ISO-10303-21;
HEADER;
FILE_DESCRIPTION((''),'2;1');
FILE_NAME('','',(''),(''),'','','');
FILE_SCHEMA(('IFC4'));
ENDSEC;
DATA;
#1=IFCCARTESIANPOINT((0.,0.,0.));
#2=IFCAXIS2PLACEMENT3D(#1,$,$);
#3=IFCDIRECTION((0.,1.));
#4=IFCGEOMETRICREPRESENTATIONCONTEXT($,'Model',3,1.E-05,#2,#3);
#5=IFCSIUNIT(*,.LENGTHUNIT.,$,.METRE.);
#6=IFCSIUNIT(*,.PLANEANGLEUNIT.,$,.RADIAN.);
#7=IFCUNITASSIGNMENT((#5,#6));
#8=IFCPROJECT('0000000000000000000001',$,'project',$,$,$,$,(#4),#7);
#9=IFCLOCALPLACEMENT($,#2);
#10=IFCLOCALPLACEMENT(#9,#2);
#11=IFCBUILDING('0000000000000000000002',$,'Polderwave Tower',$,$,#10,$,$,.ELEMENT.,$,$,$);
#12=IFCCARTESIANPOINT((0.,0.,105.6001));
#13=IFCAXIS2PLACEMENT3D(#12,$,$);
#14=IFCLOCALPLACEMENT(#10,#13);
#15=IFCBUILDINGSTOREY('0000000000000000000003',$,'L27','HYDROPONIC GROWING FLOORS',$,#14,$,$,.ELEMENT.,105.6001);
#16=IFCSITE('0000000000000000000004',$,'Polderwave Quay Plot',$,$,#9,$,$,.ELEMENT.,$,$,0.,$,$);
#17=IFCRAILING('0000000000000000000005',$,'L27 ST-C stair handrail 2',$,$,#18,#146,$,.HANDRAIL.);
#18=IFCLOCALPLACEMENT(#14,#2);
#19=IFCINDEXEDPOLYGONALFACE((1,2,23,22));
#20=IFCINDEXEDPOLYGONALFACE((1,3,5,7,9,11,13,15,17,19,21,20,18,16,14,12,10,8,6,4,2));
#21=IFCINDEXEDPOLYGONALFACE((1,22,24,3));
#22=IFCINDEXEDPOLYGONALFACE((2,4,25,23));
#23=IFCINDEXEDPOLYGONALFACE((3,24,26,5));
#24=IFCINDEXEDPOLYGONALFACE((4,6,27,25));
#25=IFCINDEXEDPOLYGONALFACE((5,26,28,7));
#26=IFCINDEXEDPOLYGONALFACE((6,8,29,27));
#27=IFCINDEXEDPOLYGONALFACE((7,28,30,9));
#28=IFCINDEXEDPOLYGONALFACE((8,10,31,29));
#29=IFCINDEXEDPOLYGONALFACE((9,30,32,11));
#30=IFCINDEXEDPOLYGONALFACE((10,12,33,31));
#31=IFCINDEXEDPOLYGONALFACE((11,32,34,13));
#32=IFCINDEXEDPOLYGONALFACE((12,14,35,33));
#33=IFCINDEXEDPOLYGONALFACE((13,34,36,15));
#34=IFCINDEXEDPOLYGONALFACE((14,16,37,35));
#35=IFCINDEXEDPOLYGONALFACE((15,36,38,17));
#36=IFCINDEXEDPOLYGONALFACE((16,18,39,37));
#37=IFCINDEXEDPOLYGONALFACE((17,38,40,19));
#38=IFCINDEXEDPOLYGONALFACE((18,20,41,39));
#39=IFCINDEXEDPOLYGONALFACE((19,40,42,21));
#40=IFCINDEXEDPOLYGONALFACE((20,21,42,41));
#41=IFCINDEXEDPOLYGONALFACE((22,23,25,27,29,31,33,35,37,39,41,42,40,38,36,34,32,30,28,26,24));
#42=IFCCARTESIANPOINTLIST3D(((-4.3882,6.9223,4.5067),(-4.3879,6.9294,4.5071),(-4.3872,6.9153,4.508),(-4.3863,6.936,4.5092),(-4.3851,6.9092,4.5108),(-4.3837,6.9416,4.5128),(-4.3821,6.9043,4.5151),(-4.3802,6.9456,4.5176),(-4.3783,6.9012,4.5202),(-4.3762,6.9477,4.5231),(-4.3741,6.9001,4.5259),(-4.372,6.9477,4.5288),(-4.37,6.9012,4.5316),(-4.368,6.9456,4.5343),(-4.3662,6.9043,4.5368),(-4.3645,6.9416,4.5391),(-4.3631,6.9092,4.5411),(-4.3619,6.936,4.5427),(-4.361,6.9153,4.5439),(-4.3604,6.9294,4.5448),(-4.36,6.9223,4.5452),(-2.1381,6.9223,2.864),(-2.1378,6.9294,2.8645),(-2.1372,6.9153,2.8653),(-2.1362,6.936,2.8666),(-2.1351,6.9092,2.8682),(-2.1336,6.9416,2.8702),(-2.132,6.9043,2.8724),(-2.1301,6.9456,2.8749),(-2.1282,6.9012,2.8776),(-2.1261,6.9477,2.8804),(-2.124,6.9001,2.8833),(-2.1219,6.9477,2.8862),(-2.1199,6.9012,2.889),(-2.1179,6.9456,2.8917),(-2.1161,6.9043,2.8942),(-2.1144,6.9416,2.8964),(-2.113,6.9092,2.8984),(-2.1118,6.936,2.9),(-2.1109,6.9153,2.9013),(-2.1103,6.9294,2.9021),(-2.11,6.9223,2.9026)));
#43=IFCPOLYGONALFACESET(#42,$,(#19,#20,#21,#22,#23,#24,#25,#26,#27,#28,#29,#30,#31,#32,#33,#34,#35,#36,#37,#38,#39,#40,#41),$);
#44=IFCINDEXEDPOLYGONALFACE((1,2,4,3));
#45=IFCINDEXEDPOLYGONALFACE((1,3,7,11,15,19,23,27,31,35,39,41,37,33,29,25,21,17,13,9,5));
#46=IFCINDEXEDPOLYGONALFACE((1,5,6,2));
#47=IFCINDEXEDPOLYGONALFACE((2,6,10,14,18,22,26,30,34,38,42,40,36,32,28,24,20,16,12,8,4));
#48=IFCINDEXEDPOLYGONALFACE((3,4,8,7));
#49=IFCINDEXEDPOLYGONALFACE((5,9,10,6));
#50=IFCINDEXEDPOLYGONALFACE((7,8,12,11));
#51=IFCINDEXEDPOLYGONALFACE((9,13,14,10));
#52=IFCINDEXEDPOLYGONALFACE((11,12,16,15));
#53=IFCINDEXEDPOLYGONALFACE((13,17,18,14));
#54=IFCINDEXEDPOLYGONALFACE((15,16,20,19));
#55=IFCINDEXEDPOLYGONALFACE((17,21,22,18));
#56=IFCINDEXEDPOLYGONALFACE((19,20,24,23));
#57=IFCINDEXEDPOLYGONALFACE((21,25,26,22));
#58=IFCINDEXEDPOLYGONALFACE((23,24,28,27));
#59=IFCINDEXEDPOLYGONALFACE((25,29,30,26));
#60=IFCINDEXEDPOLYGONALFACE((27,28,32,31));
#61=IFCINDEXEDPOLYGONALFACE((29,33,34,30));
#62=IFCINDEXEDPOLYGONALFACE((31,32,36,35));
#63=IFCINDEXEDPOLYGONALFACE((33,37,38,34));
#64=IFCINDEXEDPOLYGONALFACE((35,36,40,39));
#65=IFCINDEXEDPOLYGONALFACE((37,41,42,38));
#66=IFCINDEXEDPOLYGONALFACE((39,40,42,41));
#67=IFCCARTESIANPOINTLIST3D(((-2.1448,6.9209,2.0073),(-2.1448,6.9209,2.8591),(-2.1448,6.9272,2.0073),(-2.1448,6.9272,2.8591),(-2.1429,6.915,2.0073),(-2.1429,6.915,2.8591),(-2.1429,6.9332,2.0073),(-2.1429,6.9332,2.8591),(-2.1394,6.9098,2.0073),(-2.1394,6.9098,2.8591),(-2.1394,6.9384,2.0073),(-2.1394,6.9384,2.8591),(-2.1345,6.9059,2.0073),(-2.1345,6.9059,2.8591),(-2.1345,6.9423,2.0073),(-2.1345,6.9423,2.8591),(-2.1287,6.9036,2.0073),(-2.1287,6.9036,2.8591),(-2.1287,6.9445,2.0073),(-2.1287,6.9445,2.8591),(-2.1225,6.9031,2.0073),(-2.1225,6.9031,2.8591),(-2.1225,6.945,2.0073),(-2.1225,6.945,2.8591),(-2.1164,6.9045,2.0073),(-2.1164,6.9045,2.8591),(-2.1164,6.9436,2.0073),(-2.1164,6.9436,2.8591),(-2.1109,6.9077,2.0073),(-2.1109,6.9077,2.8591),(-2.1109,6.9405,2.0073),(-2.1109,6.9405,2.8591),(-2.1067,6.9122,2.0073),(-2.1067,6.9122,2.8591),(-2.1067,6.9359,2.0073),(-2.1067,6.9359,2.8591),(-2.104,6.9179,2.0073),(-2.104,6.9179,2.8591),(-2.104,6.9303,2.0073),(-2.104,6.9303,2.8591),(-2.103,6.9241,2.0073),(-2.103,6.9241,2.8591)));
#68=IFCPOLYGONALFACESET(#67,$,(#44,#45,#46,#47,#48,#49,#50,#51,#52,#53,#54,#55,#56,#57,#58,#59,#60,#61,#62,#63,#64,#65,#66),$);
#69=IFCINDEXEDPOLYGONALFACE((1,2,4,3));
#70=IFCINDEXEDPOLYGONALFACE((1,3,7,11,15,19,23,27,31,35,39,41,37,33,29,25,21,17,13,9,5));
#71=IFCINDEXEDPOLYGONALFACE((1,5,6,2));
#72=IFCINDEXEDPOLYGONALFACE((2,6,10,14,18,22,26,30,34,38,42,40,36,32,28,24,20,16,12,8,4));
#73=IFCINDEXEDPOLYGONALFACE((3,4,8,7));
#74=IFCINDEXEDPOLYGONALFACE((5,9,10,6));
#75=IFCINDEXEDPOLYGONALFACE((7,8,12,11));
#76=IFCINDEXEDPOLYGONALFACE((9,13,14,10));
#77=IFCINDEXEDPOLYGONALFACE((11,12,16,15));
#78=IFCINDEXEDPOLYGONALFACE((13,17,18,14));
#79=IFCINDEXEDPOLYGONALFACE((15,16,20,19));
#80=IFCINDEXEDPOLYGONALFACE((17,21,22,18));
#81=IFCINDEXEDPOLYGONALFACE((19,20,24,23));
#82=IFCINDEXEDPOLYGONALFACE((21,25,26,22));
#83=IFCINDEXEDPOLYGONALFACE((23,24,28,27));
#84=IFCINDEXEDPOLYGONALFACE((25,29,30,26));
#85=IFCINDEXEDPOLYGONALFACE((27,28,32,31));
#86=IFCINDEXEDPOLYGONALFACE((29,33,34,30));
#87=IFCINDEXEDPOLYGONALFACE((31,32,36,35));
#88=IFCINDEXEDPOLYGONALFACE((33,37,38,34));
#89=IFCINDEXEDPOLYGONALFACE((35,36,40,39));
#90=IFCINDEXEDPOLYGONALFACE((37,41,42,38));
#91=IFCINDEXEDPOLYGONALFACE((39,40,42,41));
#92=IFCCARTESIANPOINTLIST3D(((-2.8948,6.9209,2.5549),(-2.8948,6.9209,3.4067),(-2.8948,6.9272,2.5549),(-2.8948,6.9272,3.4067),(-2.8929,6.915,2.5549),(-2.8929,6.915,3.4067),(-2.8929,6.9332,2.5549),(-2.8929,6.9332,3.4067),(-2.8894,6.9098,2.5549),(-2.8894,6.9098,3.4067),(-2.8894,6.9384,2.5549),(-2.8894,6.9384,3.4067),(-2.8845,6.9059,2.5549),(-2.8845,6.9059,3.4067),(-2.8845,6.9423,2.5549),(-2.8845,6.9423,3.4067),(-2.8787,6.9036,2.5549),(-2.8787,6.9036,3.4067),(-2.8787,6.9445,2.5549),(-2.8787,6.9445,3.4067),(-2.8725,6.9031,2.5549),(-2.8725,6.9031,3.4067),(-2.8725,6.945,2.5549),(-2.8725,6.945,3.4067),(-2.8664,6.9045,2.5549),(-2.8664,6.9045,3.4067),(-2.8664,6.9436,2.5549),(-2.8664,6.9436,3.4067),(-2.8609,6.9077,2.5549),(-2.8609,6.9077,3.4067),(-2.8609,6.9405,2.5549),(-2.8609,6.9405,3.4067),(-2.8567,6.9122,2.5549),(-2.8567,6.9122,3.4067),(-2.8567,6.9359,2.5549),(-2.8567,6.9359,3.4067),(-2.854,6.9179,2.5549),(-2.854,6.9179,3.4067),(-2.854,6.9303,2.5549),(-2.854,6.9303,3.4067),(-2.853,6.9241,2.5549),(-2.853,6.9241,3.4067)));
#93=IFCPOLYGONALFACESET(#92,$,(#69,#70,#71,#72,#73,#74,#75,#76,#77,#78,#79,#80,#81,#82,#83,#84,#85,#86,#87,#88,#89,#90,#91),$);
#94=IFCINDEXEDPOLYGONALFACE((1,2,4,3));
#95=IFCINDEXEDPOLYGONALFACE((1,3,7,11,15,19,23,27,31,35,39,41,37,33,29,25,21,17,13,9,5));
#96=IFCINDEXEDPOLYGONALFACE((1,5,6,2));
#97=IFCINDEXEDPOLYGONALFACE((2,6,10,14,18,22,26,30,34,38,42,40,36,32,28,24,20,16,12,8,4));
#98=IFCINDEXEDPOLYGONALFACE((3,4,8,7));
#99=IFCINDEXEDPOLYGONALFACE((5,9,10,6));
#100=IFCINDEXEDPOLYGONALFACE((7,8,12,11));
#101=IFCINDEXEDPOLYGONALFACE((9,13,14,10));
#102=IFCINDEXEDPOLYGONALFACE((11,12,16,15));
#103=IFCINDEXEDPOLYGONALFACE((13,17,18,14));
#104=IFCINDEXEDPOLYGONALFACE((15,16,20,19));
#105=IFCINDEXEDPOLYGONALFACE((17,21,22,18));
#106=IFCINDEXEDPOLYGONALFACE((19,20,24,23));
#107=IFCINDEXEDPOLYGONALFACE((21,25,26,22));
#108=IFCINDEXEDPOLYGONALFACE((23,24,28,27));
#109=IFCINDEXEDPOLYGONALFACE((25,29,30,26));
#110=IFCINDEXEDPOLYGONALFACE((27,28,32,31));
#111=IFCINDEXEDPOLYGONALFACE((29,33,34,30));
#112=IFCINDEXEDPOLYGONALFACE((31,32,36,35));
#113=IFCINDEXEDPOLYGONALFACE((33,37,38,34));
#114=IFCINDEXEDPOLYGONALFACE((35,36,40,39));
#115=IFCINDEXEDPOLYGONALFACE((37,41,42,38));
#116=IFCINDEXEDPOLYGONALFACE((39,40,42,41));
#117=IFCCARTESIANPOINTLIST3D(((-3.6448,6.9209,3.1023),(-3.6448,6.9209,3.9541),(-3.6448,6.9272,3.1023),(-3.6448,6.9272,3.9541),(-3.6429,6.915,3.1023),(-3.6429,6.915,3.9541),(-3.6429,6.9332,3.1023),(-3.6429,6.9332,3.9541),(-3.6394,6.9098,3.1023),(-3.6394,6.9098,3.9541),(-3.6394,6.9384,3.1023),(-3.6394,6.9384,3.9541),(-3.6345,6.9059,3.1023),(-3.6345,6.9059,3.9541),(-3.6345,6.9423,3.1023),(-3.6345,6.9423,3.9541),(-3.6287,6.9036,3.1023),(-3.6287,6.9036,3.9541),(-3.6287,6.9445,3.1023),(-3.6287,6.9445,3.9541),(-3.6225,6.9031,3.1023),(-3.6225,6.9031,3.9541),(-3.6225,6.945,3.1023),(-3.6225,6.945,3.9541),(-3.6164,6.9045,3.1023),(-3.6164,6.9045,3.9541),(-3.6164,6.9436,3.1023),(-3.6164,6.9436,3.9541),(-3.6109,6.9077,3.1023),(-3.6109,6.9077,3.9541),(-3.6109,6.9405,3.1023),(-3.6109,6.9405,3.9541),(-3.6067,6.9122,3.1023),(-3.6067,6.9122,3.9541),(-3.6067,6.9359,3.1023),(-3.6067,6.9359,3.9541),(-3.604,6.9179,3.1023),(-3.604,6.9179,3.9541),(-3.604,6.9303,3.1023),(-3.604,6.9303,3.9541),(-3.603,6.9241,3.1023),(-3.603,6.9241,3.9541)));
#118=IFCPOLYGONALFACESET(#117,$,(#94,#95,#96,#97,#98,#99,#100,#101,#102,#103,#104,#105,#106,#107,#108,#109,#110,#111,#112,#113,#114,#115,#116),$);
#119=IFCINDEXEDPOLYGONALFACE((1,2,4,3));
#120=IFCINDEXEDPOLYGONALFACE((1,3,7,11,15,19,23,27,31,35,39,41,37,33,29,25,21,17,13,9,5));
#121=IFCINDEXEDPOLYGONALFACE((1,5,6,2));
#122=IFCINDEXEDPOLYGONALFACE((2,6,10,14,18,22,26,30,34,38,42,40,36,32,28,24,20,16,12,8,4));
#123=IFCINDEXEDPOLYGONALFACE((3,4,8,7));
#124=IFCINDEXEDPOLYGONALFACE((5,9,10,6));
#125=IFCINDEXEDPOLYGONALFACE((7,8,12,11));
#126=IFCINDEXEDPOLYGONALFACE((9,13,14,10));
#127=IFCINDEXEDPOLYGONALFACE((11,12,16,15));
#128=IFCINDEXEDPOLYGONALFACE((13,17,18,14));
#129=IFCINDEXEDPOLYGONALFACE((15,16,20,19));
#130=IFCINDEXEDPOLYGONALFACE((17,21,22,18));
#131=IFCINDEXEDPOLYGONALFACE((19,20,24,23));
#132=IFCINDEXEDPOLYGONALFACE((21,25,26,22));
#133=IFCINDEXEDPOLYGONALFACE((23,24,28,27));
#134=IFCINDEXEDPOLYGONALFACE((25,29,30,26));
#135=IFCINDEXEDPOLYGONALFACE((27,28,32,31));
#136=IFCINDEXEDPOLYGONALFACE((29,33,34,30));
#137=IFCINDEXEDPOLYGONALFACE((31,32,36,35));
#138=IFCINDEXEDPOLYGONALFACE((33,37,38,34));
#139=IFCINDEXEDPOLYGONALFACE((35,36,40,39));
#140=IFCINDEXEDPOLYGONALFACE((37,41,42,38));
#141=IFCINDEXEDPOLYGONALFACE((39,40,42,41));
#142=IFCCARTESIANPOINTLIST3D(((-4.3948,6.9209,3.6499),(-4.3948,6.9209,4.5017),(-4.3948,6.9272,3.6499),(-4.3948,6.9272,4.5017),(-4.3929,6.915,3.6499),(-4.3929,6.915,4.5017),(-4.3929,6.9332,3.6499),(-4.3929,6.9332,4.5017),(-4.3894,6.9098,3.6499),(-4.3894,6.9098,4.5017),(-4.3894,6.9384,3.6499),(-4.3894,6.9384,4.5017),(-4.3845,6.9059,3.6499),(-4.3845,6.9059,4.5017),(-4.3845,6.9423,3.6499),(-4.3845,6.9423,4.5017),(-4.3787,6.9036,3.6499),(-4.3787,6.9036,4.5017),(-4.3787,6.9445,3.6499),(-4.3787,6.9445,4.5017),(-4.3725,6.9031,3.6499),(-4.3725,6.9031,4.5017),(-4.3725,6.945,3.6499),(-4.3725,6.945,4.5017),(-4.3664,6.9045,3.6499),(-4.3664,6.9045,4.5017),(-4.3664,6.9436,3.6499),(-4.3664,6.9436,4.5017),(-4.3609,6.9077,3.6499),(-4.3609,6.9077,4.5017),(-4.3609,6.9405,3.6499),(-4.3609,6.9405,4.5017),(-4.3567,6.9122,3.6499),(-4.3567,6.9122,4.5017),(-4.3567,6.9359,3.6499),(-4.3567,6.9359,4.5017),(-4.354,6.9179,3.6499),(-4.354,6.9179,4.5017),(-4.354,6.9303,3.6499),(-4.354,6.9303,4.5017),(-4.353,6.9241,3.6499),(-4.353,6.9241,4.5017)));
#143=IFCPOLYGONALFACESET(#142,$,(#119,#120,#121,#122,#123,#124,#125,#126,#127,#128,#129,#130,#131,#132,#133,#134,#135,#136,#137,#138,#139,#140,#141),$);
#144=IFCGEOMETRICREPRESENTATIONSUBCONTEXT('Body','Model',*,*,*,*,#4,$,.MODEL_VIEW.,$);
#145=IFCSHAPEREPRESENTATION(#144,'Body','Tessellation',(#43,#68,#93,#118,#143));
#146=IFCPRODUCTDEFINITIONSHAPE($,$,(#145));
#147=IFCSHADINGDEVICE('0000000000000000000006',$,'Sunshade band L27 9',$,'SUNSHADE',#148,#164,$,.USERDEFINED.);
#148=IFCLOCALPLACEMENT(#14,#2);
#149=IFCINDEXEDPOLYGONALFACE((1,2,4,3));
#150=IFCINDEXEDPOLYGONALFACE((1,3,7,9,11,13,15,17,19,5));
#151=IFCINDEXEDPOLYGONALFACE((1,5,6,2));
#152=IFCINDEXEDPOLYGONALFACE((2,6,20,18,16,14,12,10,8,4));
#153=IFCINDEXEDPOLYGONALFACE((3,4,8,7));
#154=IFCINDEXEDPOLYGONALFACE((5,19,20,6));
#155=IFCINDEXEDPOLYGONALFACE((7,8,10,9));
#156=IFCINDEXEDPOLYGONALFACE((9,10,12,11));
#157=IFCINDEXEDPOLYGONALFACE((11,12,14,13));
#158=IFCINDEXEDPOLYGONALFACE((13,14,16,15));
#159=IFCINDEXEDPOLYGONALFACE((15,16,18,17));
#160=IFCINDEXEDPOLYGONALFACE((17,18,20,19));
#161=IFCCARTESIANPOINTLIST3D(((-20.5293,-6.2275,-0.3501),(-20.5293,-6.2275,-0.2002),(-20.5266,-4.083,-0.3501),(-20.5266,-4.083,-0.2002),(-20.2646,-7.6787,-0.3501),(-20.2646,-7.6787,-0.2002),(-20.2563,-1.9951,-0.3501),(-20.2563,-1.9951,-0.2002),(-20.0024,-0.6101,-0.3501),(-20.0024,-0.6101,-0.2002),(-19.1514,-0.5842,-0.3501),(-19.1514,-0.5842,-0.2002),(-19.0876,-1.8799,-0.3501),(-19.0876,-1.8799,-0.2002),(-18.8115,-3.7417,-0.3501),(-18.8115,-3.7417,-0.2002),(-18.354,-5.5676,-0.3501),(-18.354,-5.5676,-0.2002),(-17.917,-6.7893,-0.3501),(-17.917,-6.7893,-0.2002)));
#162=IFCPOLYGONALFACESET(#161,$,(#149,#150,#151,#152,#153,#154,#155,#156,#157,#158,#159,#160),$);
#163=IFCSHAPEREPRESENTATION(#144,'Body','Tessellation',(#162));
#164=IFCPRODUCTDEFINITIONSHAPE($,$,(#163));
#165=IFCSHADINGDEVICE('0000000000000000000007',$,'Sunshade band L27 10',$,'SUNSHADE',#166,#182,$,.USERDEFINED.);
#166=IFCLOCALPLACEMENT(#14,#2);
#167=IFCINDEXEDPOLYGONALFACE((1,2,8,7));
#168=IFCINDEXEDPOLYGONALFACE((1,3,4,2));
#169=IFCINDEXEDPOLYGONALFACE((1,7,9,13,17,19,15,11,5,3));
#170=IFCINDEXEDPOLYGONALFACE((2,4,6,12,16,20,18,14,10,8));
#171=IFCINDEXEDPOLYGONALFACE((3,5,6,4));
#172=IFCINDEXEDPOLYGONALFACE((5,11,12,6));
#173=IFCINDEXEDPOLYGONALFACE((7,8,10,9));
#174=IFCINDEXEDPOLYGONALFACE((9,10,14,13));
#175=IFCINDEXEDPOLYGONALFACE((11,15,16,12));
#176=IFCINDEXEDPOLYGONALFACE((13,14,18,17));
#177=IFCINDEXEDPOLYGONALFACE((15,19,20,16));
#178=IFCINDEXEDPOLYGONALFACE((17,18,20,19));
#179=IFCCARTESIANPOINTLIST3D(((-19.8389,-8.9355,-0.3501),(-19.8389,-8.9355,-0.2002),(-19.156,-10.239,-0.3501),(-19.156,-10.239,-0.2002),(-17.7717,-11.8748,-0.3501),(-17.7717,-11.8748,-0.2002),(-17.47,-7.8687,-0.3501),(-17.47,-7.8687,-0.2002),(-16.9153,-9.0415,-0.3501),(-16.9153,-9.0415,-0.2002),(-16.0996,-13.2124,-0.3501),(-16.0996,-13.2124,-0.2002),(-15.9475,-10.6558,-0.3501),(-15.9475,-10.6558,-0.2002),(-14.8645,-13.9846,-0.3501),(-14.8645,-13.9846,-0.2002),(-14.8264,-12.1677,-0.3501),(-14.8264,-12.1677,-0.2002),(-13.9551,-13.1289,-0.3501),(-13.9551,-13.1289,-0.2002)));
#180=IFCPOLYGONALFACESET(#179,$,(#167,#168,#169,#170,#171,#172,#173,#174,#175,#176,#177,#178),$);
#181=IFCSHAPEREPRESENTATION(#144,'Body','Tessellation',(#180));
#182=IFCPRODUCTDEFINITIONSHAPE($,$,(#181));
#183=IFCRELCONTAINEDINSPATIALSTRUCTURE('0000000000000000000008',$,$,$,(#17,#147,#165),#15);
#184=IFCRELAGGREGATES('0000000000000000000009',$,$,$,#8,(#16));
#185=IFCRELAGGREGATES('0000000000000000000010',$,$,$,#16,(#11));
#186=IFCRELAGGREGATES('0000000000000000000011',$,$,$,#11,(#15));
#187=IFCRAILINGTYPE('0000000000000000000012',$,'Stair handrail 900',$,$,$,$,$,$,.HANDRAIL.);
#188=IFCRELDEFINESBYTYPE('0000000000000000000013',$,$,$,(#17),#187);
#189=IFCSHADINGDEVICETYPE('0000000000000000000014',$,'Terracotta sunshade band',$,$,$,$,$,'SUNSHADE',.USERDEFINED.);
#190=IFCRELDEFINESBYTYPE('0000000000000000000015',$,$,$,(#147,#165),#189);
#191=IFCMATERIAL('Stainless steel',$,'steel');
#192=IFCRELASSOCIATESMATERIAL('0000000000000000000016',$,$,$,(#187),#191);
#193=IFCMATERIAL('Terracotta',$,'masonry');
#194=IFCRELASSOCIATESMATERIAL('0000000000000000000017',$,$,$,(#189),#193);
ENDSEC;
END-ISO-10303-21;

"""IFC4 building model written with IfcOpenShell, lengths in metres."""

from ifc_helpers import new_model, si_unit, direction, frame, origin, origin_2d, place, context, subcontext, project, spatial, polyline, circle, outline, extrude, material, type_object, element, save


model = new_model("IFC4")

# Units and contexts
model_context = context("Model", 3, precision=1e-05, world=origin(), true_north=direction((0.0, 1.0)))
body_context = subcontext(model_context, "Body", "Model", "MODEL_VIEW")
ifc_project = project(units=[si_unit("LENGTHUNIT", "METRE"), si_unit("PLANEANGLEUNIT", "RADIAN")], contexts=[model_context])

# Site, building, storey
site_placement = place(None, origin())
site = spatial("IfcSite", under=ifc_project, at=site_placement, Name="Polderwave Quay Plot", CompositionType="ELEMENT", RefElevation=0.0)
building_placement = place(site_placement, origin())
building = spatial("IfcBuilding", under=site, at=building_placement, Name="Polderwave Tower", CompositionType="ELEMENT")
storey_placement = place(building_placement, frame((0.0, 0.0, 105.6001)))
storey = spatial("IfcBuildingStorey", under=building, at=storey_placement, Name="L27", Description="HYDROPONIC GROWING FLOORS", CompositionType="ELEMENT", Elevation=105.6001)

# Railing
ifc_material_1 = material(Name="Stainless steel", Category="steel")
railing_type_1 = type_object("IfcRailingType", Name="Stair handrail 900", PredefinedType="HANDRAIL", material=ifc_material_1)
railing_1_placement = place(storey_placement, frame((-2.124, 6.9241, 2.0073)))
element("IfcRailing", 1, at=railing_1_placement, inside=storey, type_object=railing_type_1, Name="L27 ST-C stair handrail 2", PredefinedType="HANDRAIL", context=body_context, shape_type="SweptSolid", body=[
    extrude(circle(Radius=0.0239, at=origin_2d()), frame((0.0, 0.0, 0.876), z_axis=(-0.807674, 0.0, 0.58963), x_axis=(0.0, -1.0, 0.0)), (0.0, 0.0, 1.0), 2.7859),
    extrude(circle(Radius=0.021, at=origin_2d()), origin(), (0.0, 0.0, 1.0), 0.8518),
    extrude(circle(Radius=0.021, at=origin_2d()), frame((-0.75, 0.0, 0.5476)), (0.0, 0.0, 1.0), 0.8518),
    extrude(circle(Radius=0.021, at=origin_2d()), frame((-1.5, 0.0, 1.095)), (0.0, 0.0, 1.0), 0.8518),
    extrude(circle(Radius=0.021, at=origin_2d()), frame((-2.25, 0.0, 1.6426)), (0.0, 0.0, 1.0), 0.8518),
])

# Shading devices
ifc_material_2 = material(Name="Terracotta", Category="masonry")
shading_device_type = type_object("IfcShadingDeviceType", Name="Terracotta sunshade band", ElementType="SUNSHADE", PredefinedType="USERDEFINED", material=ifc_material_2)
shading_device_1_placement = place(storey_placement, frame((0.0, 0.0, -0.3501)))
element("IfcShadingDevice", 2, at=shading_device_1_placement, inside=storey, type_object=shading_device_type, Name="Sunshade band L27 9", ObjectType="SUNSHADE", PredefinedType="USERDEFINED", context=body_context, shape_type="SweptSolid", body=[
    extrude(outline(polyline([(-19.1514, -0.5842), (-19.0876, -1.8799), (-18.8115, -3.7417), (-18.354, -5.5676), (-17.917, -6.7893), (-20.2646, -7.6787), (-20.5293, -6.2275), (-20.5266, -4.083), (-20.2563, -1.9951), (-20.0024, -0.6101), (-19.1514, -0.5842)])), origin(), (0.0, 0.0, 1.0), 0.1499),
])
shading_device_2_placement = place(storey_placement, frame((0.0, 0.0, -0.3501)))
element("IfcShadingDevice", 3, at=shading_device_2_placement, inside=storey, type_object=shading_device_type, Name="Sunshade band L27 10", ObjectType="SUNSHADE", PredefinedType="USERDEFINED", context=body_context, shape_type="SweptSolid", body=[
    extrude(outline(polyline([(-17.47, -7.8687), (-16.9153, -9.0415), (-15.9475, -10.6558), (-14.8264, -12.1677), (-13.9551, -13.1289), (-14.8645, -13.9846), (-16.0996, -13.2124), (-17.7717, -11.8748), (-19.156, -10.239), (-19.8389, -8.9355), (-17.47, -7.8687)])), origin(), (0.0, 0.0, 1.0), 0.1499),
])

save(model, "model.ifc")
